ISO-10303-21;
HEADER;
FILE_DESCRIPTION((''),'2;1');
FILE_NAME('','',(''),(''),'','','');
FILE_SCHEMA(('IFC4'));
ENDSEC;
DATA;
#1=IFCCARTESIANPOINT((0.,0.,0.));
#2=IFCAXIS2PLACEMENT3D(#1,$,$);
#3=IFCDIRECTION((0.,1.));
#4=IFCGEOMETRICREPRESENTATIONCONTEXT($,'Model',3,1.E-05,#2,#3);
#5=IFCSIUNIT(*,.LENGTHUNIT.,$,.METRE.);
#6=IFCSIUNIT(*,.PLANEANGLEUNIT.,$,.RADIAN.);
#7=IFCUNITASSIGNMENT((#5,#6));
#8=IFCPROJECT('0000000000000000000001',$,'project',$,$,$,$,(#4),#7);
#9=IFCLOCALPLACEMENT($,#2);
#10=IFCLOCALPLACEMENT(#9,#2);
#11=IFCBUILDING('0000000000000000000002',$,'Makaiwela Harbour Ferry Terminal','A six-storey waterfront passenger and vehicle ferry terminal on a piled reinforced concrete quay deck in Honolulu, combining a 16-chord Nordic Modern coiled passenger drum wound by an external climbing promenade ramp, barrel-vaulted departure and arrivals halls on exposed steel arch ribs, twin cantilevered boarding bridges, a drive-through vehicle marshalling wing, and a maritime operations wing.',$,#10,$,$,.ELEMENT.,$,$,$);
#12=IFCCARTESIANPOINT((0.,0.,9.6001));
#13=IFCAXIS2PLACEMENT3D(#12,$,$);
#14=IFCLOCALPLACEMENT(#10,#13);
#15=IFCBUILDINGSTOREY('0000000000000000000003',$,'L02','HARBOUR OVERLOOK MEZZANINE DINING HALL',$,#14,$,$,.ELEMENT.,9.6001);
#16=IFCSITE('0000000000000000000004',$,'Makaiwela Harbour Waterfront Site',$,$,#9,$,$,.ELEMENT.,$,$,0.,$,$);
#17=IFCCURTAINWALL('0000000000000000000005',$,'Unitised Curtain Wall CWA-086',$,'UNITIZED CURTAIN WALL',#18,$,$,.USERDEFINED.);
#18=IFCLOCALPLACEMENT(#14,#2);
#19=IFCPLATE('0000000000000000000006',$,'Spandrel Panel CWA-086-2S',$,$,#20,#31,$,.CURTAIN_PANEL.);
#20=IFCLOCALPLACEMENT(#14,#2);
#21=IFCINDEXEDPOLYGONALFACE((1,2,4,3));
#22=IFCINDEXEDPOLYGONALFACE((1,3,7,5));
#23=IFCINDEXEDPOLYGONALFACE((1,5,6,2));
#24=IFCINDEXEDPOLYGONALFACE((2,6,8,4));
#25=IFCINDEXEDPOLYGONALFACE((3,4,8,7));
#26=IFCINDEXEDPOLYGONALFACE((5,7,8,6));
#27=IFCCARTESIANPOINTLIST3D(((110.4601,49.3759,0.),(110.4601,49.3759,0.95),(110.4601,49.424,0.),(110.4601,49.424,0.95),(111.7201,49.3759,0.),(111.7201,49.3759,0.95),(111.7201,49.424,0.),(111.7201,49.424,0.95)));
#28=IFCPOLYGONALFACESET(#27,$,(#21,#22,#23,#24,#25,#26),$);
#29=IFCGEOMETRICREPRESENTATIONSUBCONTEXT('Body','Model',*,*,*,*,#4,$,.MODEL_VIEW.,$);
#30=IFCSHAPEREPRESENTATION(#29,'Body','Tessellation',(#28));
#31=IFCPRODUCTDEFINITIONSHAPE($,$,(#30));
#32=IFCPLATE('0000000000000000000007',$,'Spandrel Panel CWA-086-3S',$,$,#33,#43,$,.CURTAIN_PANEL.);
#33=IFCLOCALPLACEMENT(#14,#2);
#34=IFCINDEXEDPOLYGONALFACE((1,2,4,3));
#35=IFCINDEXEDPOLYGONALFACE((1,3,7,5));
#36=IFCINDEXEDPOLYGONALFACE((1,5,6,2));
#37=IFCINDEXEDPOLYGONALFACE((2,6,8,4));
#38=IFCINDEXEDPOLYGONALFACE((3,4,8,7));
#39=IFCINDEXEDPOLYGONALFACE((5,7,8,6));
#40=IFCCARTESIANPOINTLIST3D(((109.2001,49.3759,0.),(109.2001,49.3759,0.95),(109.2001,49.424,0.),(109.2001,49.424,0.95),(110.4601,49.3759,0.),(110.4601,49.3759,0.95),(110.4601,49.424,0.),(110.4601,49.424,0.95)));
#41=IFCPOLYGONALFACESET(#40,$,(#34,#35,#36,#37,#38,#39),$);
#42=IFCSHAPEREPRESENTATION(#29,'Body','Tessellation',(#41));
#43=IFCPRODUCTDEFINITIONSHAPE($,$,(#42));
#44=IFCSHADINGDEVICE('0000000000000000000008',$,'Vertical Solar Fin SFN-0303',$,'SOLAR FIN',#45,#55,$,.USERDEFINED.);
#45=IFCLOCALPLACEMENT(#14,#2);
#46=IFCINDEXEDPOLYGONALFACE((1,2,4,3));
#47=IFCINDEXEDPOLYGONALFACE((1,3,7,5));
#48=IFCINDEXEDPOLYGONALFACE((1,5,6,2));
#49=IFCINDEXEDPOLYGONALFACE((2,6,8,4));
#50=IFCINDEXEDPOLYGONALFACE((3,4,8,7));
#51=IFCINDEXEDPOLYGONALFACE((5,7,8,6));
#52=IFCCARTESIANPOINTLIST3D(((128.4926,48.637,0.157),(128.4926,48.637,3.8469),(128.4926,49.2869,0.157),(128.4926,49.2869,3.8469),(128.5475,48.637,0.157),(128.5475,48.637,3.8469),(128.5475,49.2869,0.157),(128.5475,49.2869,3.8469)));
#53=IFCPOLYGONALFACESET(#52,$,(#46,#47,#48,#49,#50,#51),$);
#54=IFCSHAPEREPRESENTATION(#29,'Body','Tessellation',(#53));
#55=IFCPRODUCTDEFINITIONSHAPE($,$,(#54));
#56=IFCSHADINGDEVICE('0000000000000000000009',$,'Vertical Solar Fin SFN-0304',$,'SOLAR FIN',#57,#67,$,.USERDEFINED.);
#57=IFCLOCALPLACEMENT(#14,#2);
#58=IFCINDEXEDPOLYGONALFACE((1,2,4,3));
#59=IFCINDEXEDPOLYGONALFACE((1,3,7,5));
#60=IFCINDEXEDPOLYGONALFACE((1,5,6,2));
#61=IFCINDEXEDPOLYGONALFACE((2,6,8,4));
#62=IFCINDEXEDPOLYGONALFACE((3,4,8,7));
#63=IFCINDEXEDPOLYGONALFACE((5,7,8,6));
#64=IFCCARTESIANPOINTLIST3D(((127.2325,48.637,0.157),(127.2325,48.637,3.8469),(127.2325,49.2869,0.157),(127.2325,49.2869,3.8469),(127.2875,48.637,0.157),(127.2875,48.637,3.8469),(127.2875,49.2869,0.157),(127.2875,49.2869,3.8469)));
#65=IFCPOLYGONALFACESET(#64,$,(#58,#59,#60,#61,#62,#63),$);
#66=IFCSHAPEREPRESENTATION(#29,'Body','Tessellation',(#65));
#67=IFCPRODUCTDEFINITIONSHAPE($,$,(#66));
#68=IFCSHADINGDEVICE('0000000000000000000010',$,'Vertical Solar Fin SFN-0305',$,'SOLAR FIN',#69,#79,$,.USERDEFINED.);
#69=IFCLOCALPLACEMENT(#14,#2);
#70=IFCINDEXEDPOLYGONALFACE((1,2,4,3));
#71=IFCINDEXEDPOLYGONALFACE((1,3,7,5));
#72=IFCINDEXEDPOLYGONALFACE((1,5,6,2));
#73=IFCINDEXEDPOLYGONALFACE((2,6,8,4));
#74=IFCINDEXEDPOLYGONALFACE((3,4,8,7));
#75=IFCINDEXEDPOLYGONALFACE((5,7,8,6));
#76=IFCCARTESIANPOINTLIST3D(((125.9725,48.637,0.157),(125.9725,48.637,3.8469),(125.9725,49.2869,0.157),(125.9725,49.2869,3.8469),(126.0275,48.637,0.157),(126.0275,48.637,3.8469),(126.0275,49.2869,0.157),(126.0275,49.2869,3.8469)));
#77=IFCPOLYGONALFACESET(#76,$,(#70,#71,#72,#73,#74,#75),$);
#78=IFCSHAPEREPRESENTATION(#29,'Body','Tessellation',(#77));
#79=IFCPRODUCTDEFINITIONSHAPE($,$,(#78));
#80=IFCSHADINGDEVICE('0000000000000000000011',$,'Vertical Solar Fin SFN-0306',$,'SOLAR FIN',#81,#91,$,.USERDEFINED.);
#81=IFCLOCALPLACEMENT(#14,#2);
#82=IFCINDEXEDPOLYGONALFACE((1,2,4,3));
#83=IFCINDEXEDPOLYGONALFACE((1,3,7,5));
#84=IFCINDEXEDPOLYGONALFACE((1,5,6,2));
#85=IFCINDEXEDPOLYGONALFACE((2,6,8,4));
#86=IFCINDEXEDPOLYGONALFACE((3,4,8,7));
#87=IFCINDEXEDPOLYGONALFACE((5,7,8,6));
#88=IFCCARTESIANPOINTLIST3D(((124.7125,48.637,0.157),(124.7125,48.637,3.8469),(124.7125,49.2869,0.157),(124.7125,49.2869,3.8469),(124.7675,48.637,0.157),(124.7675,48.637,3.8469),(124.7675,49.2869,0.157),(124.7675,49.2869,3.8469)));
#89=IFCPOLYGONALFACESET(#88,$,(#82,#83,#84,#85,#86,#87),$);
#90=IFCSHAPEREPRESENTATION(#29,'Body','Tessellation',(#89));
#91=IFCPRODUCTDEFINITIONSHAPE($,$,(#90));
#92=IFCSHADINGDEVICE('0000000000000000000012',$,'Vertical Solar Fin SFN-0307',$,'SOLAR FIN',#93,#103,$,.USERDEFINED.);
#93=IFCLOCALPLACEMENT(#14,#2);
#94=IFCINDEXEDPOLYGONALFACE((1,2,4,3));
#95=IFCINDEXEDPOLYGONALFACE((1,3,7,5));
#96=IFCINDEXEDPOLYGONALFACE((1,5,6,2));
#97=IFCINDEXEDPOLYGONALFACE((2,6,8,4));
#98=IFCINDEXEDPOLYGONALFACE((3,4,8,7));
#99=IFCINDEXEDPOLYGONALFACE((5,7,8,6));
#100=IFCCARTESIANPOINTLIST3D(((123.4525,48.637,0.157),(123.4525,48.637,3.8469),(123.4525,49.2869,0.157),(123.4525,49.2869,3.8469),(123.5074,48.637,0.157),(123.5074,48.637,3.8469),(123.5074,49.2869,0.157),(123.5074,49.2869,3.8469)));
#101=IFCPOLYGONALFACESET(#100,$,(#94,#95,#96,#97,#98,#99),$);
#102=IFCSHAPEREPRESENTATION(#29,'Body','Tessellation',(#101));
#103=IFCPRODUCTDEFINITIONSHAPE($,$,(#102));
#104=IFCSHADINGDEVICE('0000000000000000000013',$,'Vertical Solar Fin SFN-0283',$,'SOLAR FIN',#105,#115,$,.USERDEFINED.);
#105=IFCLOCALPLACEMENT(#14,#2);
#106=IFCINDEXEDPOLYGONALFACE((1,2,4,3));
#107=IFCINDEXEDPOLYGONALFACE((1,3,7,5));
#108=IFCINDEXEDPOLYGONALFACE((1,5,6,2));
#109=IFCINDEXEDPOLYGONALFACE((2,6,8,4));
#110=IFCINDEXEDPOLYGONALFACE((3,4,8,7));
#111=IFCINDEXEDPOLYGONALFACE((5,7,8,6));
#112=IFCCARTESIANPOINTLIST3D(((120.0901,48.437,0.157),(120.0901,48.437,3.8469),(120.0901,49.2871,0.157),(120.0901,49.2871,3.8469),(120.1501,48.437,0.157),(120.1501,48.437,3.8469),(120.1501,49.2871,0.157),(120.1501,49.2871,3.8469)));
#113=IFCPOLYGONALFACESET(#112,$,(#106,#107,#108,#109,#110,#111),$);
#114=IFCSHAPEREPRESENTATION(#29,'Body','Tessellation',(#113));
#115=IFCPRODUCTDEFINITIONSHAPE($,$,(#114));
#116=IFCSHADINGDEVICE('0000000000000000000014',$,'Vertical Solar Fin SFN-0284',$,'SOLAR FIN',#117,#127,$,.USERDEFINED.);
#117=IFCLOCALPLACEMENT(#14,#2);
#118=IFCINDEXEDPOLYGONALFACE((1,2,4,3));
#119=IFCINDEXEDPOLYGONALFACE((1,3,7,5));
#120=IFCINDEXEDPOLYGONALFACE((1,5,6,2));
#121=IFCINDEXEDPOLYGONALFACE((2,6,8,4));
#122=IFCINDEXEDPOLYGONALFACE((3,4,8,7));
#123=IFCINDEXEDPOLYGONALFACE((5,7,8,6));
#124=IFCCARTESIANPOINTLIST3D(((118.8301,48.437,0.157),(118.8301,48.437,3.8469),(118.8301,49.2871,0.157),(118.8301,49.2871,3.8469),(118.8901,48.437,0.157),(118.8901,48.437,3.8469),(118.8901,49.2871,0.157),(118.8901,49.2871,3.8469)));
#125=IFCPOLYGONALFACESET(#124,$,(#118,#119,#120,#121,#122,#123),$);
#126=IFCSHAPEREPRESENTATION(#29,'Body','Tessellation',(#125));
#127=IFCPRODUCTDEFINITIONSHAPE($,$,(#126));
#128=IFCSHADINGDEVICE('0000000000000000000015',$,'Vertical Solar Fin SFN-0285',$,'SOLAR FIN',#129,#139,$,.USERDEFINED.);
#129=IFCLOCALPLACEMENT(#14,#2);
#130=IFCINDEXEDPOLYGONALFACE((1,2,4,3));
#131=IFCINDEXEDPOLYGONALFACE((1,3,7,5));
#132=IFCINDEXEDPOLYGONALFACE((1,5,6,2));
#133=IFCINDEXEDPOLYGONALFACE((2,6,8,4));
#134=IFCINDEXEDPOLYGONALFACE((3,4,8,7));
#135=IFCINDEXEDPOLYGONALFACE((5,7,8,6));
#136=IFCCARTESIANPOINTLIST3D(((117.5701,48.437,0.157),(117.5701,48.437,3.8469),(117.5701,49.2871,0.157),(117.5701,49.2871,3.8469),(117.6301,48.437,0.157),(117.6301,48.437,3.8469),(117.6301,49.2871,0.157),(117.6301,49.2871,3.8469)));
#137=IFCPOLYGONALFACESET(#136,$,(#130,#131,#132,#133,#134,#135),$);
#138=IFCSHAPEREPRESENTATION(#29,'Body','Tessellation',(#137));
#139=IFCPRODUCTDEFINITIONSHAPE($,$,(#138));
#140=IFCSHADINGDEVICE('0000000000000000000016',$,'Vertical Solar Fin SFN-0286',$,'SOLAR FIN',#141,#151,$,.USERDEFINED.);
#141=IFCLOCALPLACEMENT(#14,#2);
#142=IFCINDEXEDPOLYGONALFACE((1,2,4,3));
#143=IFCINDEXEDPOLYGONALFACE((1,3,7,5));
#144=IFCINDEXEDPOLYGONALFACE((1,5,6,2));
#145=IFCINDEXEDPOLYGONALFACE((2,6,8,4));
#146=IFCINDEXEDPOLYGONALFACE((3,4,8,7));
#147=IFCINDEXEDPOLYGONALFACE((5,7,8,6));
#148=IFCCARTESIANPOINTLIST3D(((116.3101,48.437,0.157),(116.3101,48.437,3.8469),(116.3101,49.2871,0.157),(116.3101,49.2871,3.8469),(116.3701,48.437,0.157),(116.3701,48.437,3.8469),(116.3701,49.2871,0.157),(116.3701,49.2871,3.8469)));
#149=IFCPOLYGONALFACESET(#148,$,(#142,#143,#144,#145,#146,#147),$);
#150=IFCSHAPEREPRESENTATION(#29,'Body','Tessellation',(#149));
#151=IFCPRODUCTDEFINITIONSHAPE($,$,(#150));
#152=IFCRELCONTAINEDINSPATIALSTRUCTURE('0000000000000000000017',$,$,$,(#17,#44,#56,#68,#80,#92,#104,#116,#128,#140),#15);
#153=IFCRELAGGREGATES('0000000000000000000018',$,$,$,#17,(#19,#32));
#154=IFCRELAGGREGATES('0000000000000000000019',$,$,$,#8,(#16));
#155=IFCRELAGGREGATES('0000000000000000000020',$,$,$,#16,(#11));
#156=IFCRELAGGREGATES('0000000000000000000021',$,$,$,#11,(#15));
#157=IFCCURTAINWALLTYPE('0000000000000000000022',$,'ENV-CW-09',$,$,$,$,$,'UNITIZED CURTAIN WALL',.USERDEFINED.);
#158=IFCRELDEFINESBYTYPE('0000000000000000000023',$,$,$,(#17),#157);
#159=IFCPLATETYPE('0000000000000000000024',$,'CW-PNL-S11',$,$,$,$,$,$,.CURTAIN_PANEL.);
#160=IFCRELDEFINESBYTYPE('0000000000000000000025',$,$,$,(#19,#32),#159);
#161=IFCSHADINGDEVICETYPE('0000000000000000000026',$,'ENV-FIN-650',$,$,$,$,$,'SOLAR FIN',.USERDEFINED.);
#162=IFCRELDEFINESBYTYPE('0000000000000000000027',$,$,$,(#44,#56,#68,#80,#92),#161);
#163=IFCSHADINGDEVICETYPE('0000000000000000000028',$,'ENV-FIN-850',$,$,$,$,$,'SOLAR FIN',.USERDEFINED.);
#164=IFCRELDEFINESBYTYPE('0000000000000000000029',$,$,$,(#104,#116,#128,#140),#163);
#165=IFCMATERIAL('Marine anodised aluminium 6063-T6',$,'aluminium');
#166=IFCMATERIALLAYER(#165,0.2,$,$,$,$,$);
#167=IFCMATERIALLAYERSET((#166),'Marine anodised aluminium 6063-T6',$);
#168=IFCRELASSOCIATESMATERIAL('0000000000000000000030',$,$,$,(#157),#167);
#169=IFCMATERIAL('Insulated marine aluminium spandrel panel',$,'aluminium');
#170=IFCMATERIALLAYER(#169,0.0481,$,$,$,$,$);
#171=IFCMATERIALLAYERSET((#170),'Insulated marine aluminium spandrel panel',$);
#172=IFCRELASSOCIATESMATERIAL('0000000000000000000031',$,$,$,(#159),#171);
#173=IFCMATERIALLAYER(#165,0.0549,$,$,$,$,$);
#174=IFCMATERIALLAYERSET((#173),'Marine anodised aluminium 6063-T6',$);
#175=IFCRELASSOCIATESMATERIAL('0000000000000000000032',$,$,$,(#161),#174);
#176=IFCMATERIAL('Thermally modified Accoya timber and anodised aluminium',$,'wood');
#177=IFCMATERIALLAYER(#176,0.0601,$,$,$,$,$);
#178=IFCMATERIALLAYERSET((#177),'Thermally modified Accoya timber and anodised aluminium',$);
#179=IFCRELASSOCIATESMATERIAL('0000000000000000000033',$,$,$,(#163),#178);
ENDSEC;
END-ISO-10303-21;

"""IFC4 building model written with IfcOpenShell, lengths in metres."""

from ifc_helpers import new_model, si_unit, direction, frame, origin, origin_2d, place, context, subcontext, project, spatial, rectangle, extrude, material, layer, layer_set, type_object, element, aggregate, save


model = new_model("IFC4")

# Units and contexts
model_context = context("Model", 3, precision=1e-05, world=origin(), true_north=direction((0.0, 1.0)))
body_context = subcontext(model_context, "Body", "Model", "MODEL_VIEW")
ifc_project = project(units=[si_unit("LENGTHUNIT", "METRE"), si_unit("PLANEANGLEUNIT", "RADIAN")], contexts=[model_context])

# Site, building, storey
site_placement = place(None, origin())
site = spatial("IfcSite", under=ifc_project, at=site_placement, Name="Makaiwela Harbour Waterfront Site", CompositionType="ELEMENT", RefElevation=0.0)
building_placement = place(site_placement, origin())
building = spatial("IfcBuilding", under=site, at=building_placement, Name="Makaiwela Harbour Ferry Terminal", Description="A six-storey waterfront passenger and vehicle ferry terminal on a piled reinforced concrete quay deck in Honolulu, combining a 16-chord Nordic Modern coiled passenger drum wound by an external climbing promenade ramp, barrel-vaulted departure and arrivals halls on exposed steel arch ribs, twin cantilevered boarding bridges, a drive-through vehicle marshalling wing, and a maritime operations wing.", CompositionType="ELEMENT")
storey_placement = place(building_placement, frame((0.0, 0.0, 9.6001)))
storey = spatial("IfcBuildingStorey", under=building, at=storey_placement, Name="L02", Description="HARBOUR OVERLOOK MEZZANINE DINING HALL", CompositionType="ELEMENT", Elevation=9.6001)

# Curtain wall, plates
ifc_material_1 = material(Name="Marine anodised aluminium 6063-T6", Category="aluminium")
ifc_layer_1 = layer(ifc_material_1, 0.2)
ifc_layer_set_1 = layer_set([ifc_layer_1], Name="Marine anodised aluminium 6063-T6")
curtain_wall_type = type_object("IfcCurtainWallType", Name="ENV-CW-09", ElementType="UNITIZED CURTAIN WALL", PredefinedType="USERDEFINED", material=ifc_layer_set_1)
curtain_wall_placement = place(storey_placement, origin())
curtain_wall = element("IfcCurtainWall", 1, at=curtain_wall_placement, inside=storey, type_object=curtain_wall_type, Name="Unitised Curtain Wall CWA-086", ObjectType="UNITIZED CURTAIN WALL", PredefinedType="USERDEFINED")
ifc_material_2 = material(Name="Insulated marine aluminium spandrel panel", Category="aluminium")
ifc_layer_2 = layer(ifc_material_2, 0.0481)
ifc_layer_set_2 = layer_set([ifc_layer_2], Name="Insulated marine aluminium spandrel panel")
plate_type_1 = type_object("IfcPlateType", Name="CW-PNL-S11", PredefinedType="CURTAIN_PANEL", material=ifc_layer_set_2)
plate_1_placement = place(storey_placement, frame((111.0901, 49.3999, 0.0), z_axis=(0.0, 0.0, 1.0), x_axis=(-1.0, 0.0, 0.0)))
plate_1 = element("IfcPlate", 2, at=plate_1_placement, type_object=plate_type_1, Name="Spandrel Panel CWA-086-2S", PredefinedType="CURTAIN_PANEL", context=body_context, shape_type="SweptSolid", body=[
    extrude(rectangle(XDim=1.26, YDim=0.0481, at=origin_2d()), origin(), (0.0, 0.0, 1.0), 0.95),
])
plate_2_placement = place(storey_placement, frame((109.8301, 49.3999, 0.0), z_axis=(0.0, 0.0, 1.0), x_axis=(-1.0, 0.0, 0.0)))
plate_2 = element("IfcPlate", 3, at=plate_2_placement, type_object=plate_type_1, Name="Spandrel Panel CWA-086-3S", PredefinedType="CURTAIN_PANEL", context=body_context, shape_type="SweptSolid", body=[
    extrude(rectangle(XDim=1.26, YDim=0.0481, at=origin_2d()), origin(), (0.0, 0.0, 1.0), 0.95),
])
aggregate(curtain_wall, [plate_1, plate_2])

# Shading devices
ifc_layer_3 = layer(ifc_material_1, 0.0549)
ifc_layer_set_3 = layer_set([ifc_layer_3], Name="Marine anodised aluminium 6063-T6")
shading_device_type_1 = type_object("IfcShadingDeviceType", Name="ENV-FIN-650", ElementType="SOLAR FIN", PredefinedType="USERDEFINED", material=ifc_layer_set_3)
for number, where, z_axis, x_axis, name in (
    (4, (128.52, 48.9619, 0.157), (0.0, 0.0, 1.0), (0.0, -1.0, 0.0), "Vertical Solar Fin SFN-0303"),
    (5, (127.26, 48.9619, 0.157), (0.0, 0.0, 1.0), (0.0, -1.0, 0.0), "Vertical Solar Fin SFN-0304"),
    (6, (126.0, 48.9619, 0.157), (0.0, 0.0, 1.0), (0.0, -1.0, 0.0), "Vertical Solar Fin SFN-0305"),
    (7, (124.74, 48.9619, 0.157), (0.0, 0.0, 1.0), (0.0, -1.0, 0.0), "Vertical Solar Fin SFN-0306"),
    (8, (123.48, 48.9619, 0.157), (0.0, 0.0, 1.0), (0.0, -1.0, 0.0), "Vertical Solar Fin SFN-0307"),
):
    element("IfcShadingDevice", number, at=place(storey_placement, frame(where, z_axis=z_axis, x_axis=x_axis)), inside=storey, type_object=shading_device_type_1, Name=name, ObjectType="SOLAR FIN", PredefinedType="USERDEFINED", context=body_context, shape_type="SweptSolid", body=[
        extrude(rectangle(XDim=0.6499, YDim=0.0549, at=origin_2d()), origin(), (0.0, 0.0, 1.0), 3.6899),
    ])
ifc_material_3 = material(Name="Thermally modified Accoya timber and anodised aluminium", Category="wood")
ifc_layer_4 = layer(ifc_material_3, 0.0601)
ifc_layer_set_4 = layer_set([ifc_layer_4], Name="Thermally modified Accoya timber and anodised aluminium")
shading_device_type_2 = type_object("IfcShadingDeviceType", Name="ENV-FIN-850", ElementType="SOLAR FIN", PredefinedType="USERDEFINED", material=ifc_layer_set_4)
for number, where, z_axis, x_axis, name in (
    (9, (120.1201, 48.8621, 0.157), (0.0, 0.0, 1.0), (0.0, -1.0, 0.0), "Vertical Solar Fin SFN-0283"),
    (10, (118.8601, 48.8621, 0.157), (0.0, 0.0, 1.0), (0.0, -1.0, 0.0), "Vertical Solar Fin SFN-0284"),
    (11, (117.6001, 48.8621, 0.157), (0.0, 0.0, 1.0), (0.0, -1.0, 0.0), "Vertical Solar Fin SFN-0285"),
    (12, (116.3401, 48.8621, 0.157), (0.0, 0.0, 1.0), (0.0, -1.0, 0.0), "Vertical Solar Fin SFN-0286"),
):
    element("IfcShadingDevice", number, at=place(storey_placement, frame(where, z_axis=z_axis, x_axis=x_axis)), inside=storey, type_object=shading_device_type_2, Name=name, ObjectType="SOLAR FIN", PredefinedType="USERDEFINED", context=body_context, shape_type="SweptSolid", body=[
        extrude(rectangle(XDim=0.8501, YDim=0.0601, at=origin_2d()), origin(), (0.0, 0.0, 1.0), 3.6899),
    ])

save(model, "model.ifc")
